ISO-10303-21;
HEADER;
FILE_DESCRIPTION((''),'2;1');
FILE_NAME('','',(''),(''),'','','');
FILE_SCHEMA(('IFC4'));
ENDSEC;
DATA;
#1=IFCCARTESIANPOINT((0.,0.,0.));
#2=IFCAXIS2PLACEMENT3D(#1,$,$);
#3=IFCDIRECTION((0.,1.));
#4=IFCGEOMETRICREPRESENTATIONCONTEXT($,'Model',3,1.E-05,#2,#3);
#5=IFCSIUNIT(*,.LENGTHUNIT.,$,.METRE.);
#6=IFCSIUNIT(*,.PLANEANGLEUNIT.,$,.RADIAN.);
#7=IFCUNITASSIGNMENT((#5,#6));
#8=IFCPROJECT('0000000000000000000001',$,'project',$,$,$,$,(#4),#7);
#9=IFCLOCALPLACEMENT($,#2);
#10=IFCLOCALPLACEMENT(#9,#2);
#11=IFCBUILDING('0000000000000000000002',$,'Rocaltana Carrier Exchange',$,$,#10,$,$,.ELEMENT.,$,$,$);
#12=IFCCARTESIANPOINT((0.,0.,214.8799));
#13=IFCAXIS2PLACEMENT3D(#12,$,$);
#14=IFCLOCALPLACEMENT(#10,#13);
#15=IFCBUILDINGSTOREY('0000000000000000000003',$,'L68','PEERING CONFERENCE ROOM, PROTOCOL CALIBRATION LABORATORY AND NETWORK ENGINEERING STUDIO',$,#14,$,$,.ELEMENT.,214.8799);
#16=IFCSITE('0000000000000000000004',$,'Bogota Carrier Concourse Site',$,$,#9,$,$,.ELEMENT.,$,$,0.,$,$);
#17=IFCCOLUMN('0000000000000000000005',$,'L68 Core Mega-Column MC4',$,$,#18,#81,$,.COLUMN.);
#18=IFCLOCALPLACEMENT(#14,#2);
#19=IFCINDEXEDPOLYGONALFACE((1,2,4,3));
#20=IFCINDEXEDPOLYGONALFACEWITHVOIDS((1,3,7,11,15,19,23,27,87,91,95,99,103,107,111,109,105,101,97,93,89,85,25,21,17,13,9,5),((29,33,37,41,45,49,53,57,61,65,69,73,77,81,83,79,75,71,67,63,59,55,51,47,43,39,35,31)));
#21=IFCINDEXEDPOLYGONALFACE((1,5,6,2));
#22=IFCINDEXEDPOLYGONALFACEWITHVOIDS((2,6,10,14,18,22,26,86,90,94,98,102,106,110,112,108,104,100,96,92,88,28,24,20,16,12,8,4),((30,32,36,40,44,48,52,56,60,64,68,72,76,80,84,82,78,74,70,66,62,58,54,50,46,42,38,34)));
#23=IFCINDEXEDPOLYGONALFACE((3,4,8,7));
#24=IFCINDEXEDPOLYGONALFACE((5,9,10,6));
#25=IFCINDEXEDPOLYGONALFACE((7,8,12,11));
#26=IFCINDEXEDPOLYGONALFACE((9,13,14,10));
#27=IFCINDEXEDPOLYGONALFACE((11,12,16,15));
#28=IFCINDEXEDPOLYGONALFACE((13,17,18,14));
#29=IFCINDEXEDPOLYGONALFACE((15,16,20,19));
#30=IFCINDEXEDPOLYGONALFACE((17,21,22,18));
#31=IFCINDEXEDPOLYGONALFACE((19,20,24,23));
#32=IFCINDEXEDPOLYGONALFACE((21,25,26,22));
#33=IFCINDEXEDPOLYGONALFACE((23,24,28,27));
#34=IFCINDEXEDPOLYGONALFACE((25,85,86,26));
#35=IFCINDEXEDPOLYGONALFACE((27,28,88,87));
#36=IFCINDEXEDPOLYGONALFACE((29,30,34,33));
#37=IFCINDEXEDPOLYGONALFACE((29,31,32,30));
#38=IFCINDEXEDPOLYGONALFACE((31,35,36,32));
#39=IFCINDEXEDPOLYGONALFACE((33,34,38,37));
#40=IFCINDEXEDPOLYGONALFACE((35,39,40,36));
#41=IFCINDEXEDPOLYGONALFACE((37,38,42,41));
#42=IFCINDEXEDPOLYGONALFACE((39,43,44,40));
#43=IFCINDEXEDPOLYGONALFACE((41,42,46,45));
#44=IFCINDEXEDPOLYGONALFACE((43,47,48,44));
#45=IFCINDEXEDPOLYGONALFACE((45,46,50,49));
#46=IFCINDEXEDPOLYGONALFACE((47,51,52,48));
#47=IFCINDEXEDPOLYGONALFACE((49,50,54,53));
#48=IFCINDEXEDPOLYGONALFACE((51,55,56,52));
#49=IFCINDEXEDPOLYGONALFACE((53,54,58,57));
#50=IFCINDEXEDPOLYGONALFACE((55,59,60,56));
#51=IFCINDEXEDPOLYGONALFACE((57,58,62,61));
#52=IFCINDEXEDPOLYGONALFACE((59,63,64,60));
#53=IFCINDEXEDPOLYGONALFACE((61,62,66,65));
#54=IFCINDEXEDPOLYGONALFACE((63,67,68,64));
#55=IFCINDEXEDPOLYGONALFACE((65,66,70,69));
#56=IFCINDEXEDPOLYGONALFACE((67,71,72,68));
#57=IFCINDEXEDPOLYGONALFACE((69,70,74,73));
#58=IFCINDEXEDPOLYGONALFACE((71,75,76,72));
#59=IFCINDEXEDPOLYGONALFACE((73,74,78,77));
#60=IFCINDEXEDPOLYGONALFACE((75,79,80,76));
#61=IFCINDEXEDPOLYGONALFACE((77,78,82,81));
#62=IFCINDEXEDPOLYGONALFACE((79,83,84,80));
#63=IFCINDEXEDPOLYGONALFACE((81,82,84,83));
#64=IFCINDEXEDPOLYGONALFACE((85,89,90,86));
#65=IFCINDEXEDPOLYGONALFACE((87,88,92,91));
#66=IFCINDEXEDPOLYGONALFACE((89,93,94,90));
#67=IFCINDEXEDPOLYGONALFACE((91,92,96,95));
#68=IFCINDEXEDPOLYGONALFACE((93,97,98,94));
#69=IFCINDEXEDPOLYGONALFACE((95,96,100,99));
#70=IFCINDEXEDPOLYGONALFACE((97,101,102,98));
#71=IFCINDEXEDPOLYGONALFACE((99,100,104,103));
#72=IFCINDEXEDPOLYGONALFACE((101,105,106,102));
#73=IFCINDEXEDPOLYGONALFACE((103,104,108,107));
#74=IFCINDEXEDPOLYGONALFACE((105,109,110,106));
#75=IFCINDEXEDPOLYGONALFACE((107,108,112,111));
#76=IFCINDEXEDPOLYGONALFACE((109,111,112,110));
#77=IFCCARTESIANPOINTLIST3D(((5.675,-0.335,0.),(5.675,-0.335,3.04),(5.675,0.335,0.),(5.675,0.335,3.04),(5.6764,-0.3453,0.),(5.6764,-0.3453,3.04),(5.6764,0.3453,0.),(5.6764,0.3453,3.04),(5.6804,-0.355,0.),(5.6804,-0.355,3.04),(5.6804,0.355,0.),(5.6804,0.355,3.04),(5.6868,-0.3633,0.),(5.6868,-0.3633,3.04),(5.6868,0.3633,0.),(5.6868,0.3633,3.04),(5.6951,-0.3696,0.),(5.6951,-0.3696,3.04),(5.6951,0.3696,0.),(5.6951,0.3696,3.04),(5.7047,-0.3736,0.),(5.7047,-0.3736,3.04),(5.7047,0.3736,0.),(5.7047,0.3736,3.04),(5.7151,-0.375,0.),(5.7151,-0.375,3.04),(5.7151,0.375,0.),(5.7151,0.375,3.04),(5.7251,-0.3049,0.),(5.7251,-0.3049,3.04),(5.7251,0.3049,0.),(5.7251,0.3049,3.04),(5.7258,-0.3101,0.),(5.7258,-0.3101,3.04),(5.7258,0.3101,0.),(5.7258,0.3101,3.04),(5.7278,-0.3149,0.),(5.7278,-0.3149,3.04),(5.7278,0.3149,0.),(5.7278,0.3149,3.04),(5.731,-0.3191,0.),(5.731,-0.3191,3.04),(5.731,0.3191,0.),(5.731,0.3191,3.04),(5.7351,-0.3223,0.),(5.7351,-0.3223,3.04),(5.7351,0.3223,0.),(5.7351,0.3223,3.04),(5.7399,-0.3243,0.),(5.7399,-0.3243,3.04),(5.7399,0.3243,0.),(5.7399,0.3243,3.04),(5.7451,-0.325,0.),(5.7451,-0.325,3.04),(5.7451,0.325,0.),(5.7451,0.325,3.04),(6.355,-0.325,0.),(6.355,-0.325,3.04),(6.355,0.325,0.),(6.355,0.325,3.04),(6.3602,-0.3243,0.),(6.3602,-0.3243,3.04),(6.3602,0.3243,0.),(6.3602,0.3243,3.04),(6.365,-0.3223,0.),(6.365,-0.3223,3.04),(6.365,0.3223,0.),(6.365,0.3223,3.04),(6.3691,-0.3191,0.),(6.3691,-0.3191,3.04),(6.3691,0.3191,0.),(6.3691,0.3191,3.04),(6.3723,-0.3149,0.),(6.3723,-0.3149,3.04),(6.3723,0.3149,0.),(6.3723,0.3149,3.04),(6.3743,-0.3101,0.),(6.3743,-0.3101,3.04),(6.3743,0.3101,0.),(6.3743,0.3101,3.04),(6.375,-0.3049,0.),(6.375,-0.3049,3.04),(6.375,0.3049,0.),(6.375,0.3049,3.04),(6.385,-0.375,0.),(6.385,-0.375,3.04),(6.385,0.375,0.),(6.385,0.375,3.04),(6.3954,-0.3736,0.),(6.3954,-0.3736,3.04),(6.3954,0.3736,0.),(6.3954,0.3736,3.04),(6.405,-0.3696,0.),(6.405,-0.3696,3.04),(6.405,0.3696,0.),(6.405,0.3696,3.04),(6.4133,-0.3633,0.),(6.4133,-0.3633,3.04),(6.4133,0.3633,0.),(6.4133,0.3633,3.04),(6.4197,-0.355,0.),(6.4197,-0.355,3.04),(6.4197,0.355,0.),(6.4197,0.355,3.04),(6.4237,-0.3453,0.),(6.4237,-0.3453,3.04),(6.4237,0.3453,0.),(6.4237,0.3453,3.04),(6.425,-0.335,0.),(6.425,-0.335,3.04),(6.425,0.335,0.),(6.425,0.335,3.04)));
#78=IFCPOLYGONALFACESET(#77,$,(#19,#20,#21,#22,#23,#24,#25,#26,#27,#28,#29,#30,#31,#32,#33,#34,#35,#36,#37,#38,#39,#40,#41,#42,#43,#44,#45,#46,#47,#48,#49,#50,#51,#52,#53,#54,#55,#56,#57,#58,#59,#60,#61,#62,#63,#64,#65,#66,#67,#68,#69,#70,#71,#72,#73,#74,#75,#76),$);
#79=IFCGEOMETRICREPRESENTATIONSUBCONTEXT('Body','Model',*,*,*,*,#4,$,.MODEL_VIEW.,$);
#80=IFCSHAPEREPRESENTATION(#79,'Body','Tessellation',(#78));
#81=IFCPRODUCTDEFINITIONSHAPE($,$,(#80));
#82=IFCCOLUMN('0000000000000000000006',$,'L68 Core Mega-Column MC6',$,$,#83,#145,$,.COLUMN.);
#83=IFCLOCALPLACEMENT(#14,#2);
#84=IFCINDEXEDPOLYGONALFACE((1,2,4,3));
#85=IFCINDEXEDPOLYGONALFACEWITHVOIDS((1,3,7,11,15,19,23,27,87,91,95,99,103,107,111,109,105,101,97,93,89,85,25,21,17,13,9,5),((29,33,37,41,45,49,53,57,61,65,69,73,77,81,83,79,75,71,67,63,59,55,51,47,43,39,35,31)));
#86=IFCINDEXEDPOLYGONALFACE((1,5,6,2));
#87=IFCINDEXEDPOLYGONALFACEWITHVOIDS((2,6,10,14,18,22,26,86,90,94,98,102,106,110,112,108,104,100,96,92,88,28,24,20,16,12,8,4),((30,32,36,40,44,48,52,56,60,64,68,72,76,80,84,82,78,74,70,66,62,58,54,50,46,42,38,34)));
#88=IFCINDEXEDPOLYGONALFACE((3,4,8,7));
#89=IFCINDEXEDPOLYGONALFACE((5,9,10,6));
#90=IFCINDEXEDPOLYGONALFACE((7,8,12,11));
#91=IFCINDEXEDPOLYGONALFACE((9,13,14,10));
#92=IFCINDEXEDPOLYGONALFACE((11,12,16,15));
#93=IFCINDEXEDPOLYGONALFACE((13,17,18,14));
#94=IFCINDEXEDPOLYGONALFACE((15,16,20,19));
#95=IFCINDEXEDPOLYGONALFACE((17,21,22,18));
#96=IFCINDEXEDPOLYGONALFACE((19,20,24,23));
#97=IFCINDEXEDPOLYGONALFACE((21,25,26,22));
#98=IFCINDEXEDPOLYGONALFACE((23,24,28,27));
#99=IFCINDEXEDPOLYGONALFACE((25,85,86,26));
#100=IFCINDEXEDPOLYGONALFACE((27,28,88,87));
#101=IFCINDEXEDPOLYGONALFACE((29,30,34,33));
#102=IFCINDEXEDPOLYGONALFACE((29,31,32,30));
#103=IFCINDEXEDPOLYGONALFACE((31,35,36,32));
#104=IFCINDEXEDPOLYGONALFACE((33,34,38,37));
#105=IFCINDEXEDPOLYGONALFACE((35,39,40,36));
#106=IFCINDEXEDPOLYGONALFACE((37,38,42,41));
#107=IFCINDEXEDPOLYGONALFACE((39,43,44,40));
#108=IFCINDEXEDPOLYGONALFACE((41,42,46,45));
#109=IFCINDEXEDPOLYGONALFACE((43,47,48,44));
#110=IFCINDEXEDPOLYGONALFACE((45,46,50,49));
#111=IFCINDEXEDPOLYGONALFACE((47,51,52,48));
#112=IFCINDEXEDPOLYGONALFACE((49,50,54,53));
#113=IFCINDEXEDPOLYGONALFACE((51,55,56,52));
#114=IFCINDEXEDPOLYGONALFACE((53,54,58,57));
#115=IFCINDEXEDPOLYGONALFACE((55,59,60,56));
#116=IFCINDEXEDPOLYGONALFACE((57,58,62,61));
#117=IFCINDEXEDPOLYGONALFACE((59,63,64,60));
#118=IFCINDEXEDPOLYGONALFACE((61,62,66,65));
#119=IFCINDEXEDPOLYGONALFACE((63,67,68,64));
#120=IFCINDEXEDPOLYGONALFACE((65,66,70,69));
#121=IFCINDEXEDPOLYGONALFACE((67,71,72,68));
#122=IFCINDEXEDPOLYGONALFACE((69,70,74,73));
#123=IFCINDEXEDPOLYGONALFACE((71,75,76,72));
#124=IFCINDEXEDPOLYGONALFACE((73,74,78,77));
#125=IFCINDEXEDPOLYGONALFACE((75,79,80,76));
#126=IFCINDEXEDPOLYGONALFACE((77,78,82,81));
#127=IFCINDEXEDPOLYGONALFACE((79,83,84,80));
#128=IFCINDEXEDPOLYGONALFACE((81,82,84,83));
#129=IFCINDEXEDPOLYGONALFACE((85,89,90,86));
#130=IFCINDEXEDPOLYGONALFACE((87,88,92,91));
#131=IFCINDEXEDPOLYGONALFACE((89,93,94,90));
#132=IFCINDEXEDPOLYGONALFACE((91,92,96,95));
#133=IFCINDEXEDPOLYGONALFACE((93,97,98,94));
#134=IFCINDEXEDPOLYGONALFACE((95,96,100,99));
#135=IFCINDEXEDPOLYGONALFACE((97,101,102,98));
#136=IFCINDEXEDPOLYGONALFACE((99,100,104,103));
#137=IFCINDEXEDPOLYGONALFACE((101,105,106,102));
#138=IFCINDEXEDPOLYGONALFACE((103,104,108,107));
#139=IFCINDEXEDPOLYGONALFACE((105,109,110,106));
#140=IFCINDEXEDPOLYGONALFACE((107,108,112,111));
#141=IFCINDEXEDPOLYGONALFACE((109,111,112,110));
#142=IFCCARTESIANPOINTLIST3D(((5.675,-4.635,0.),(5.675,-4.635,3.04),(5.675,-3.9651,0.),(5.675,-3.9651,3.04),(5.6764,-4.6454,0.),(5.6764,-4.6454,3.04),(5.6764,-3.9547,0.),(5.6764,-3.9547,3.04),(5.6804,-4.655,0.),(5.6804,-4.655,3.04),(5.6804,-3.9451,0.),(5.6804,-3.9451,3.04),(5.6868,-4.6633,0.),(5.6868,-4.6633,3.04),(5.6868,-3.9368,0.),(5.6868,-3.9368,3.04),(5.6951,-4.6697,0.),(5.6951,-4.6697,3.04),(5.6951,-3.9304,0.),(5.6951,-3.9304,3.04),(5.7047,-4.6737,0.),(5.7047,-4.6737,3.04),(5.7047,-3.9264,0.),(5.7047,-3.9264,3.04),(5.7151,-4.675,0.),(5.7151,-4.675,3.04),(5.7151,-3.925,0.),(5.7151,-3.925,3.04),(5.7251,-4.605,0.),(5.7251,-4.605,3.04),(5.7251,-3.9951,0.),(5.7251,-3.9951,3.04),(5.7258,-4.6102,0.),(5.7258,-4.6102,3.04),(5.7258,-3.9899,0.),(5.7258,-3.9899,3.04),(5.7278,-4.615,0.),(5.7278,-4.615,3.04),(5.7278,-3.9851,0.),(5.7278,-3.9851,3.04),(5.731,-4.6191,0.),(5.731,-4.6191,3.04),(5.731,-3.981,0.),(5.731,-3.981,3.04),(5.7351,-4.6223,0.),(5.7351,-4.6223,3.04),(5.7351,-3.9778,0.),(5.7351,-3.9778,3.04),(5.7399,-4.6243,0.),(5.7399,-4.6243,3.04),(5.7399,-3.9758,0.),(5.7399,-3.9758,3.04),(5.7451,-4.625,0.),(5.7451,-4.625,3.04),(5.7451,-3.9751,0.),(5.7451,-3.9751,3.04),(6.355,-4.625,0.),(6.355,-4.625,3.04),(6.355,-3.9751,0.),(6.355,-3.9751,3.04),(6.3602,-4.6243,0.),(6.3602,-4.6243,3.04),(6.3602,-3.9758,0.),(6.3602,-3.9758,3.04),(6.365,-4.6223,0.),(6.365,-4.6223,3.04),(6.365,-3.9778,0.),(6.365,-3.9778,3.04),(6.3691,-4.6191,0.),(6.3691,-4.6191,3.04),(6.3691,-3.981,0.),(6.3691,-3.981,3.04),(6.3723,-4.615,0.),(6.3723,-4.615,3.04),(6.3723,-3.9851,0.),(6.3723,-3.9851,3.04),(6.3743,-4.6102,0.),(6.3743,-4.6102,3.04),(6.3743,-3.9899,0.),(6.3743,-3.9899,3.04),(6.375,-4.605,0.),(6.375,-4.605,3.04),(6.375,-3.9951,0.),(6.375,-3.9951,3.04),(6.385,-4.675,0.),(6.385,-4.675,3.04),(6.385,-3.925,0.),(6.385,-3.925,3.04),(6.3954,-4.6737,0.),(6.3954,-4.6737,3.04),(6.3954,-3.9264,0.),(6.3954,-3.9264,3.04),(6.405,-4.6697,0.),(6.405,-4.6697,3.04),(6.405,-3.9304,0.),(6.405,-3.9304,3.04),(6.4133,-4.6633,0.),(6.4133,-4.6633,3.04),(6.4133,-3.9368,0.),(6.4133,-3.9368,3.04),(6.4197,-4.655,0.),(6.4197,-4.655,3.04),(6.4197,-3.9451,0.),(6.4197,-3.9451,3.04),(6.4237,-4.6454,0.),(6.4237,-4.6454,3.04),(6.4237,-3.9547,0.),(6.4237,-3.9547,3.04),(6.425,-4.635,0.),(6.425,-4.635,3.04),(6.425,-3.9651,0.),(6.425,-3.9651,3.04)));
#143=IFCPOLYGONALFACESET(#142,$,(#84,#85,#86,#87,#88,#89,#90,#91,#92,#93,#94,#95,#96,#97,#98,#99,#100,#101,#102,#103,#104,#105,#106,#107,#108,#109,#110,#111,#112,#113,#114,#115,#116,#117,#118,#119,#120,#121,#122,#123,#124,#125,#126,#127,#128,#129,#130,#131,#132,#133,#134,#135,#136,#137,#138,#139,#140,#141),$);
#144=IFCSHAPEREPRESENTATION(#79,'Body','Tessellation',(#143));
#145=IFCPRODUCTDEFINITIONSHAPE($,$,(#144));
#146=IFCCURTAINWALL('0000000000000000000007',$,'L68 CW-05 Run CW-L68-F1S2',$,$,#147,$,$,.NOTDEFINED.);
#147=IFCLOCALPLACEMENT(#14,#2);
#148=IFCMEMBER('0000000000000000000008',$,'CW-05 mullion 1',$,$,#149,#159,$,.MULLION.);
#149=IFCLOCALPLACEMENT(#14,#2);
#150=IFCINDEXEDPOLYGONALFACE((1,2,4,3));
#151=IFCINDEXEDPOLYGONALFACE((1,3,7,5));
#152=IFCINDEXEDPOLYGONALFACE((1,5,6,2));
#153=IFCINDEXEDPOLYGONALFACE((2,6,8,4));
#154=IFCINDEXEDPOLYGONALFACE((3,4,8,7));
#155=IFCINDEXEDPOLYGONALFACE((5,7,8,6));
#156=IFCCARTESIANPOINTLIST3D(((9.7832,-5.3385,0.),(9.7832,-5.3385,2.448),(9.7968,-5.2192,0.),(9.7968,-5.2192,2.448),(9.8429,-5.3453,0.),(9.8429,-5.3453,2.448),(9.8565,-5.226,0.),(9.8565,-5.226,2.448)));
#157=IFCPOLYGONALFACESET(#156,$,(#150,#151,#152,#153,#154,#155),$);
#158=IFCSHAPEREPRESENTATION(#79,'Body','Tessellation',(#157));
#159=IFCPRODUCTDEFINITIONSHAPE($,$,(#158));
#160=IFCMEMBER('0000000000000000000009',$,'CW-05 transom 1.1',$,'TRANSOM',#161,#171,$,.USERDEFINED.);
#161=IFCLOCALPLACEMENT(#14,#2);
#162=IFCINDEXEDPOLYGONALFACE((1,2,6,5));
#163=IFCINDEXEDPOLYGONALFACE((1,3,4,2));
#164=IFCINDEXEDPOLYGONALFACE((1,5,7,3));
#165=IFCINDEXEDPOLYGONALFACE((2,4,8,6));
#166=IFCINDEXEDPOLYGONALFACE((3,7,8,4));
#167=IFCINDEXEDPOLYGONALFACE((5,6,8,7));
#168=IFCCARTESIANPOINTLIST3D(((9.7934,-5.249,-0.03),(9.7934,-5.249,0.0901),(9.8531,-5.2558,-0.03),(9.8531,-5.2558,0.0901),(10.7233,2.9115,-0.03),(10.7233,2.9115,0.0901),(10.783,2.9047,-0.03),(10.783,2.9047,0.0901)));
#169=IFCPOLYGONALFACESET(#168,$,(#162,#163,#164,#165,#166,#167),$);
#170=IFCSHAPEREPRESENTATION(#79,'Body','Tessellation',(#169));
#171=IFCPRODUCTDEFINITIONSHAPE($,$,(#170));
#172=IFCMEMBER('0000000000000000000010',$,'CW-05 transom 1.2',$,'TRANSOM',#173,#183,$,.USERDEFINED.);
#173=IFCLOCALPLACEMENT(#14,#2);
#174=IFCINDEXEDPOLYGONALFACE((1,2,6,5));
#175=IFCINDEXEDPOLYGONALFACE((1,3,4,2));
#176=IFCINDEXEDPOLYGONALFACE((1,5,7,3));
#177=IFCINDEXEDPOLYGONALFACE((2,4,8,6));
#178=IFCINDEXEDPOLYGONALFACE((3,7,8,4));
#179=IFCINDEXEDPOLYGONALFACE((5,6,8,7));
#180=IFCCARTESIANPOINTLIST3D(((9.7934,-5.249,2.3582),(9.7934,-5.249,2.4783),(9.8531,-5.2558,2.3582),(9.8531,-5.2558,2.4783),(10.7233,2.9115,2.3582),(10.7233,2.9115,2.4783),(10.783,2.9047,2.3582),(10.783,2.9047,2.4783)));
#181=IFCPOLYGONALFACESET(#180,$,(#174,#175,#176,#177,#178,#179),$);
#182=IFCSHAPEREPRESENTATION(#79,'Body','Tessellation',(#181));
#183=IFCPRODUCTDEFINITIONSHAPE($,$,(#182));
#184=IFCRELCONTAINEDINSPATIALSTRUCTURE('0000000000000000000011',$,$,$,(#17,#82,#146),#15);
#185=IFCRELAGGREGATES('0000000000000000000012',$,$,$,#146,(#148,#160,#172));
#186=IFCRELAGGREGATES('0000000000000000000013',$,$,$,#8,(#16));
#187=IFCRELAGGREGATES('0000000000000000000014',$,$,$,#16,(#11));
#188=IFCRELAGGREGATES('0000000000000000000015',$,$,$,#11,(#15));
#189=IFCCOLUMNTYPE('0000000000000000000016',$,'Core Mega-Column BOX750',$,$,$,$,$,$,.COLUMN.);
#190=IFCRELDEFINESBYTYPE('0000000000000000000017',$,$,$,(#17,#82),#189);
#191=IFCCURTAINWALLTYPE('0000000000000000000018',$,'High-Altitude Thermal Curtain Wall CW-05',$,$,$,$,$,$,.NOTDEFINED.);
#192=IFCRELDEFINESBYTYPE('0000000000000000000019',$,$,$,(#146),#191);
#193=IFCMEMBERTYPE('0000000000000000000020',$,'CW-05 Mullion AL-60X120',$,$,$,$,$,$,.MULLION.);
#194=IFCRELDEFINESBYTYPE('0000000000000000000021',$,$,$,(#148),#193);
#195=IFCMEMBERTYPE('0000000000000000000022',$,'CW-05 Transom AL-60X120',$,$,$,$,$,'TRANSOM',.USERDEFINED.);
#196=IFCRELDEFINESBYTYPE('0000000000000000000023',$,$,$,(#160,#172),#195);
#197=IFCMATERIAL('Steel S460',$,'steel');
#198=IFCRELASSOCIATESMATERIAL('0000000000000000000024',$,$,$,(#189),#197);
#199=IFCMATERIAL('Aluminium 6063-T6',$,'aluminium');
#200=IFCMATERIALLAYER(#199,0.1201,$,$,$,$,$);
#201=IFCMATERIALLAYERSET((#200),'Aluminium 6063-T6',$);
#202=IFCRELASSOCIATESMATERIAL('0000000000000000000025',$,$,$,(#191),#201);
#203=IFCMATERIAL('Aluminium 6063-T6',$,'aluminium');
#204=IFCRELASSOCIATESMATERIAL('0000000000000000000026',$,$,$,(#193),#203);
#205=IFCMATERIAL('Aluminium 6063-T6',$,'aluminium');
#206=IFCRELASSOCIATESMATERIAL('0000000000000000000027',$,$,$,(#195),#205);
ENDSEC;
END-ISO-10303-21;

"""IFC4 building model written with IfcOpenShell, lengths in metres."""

from ifc_helpers import new_model, si_unit, direction, frame, origin, origin_2d, place, context, subcontext, project, spatial, rectangle, hollow_rectangle, extrude, material, layer, layer_set, material_profile, profile_set, type_object, element, aggregate, save


model = new_model("IFC4")

# Units and contexts
model_context = context("Model", 3, precision=1e-05, world=origin(), true_north=direction((0.0, 1.0)))
body_context = subcontext(model_context, "Body", "Model", "MODEL_VIEW")
ifc_project = project(units=[si_unit("LENGTHUNIT", "METRE"), si_unit("PLANEANGLEUNIT", "RADIAN")], contexts=[model_context])

# Site, building, storey
site_placement = place(None, origin())
site = spatial("IfcSite", under=ifc_project, at=site_placement, Name="Bogota Carrier Concourse Site", CompositionType="ELEMENT", RefElevation=0.0)
building_placement = place(site_placement, origin())
building = spatial("IfcBuilding", under=site, at=building_placement, Name="Rocaltana Carrier Exchange", CompositionType="ELEMENT")
storey_placement = place(building_placement, frame((0.0, 0.0, 214.8799)))
storey = spatial("IfcBuildingStorey", under=building, at=storey_placement, Name="L68", Description="PEERING CONFERENCE ROOM, PROTOCOL CALIBRATION LABORATORY AND NETWORK ENGINEERING STUDIO", CompositionType="ELEMENT", Elevation=214.8799)

# Columns
ifc_material_1 = material(Name="Steel S460", Category="steel")
ifc_material_profile_1 = material_profile(ifc_material_1, hollow_rectangle(XDim=0.75, YDim=0.75, WallThickness=0.05, InnerFilletRadius=0.02, OuterFilletRadius=0.04, at=origin_2d()), Name="BOX750X750X50")
ifc_profile_set_1 = profile_set([ifc_material_profile_1], Name="Steel S460")
column_type = type_object("IfcColumnType", Name="Core Mega-Column BOX750", PredefinedType="COLUMN", material=ifc_profile_set_1)
for number, where, z_axis, x_axis, name in (
    (1, (6.05, 0.0, 0.0), (0.0, 0.0, 1.0), (1.0, 0.0, 0.0), "L68 Core Mega-Column MC4"),
    (2, (6.05, -4.3, 0.0), (0.0, 0.0, 1.0), (1.0, 0.0, 0.0), "L68 Core Mega-Column MC6"),
):
    element("IfcColumn", number, at=place(storey_placement, frame(where, z_axis=z_axis, x_axis=x_axis)), inside=storey, type_object=column_type, Name=name, PredefinedType="COLUMN", context=body_context, shape_type="SweptSolid", body=[
        extrude(hollow_rectangle(XDim=0.75, YDim=0.75, WallThickness=0.05, InnerFilletRadius=0.02, OuterFilletRadius=0.04, at=origin_2d()), origin(), (0.0, 0.0, 1.0), 3.04),
    ])

# Curtain wall, members
ifc_material_2 = material(Name="Aluminium 6063-T6", Category="aluminium")
ifc_layer_1 = layer(ifc_material_2, 0.1201)
ifc_layer_set_1 = layer_set([ifc_layer_1], Name="Aluminium 6063-T6")
curtain_wall_type = type_object("IfcCurtainWallType", Name="High-Altitude Thermal Curtain Wall CW-05", PredefinedType="NOTDEFINED", material=ifc_layer_set_1)
curtain_wall_placement = place(storey_placement, origin())
curtain_wall = element("IfcCurtainWall", 3, at=curtain_wall_placement, inside=storey, type_object=curtain_wall_type, Name="L68 CW-05 Run CW-L68-F1S2", PredefinedType="NOTDEFINED")
ifc_material_3 = material(Name="Aluminium 6063-T6", Category="aluminium")
ifc_material_profile_2 = material_profile(ifc_material_3, rectangle(XDim=0.0601, YDim=0.1201, at=origin_2d()), Name="AL-60X120")
ifc_profile_set_2 = profile_set([ifc_material_profile_2], Name="Aluminium 6063-T6")
member_type_1 = type_object("IfcMemberType", Name="CW-05 Mullion AL-60X120", PredefinedType="MULLION", material=ifc_profile_set_2)
member_1_placement = place(storey_placement, frame((9.8198, -5.2822, 0.0), z_axis=(0.0, 0.0, 1.0), x_axis=(-0.993571, 0.113209, 0.0)))
member_1 = element("IfcMember", 4, at=member_1_placement, type_object=member_type_1, Name="CW-05 mullion 1", PredefinedType="MULLION", context=body_context, shape_type="SweptSolid", body=[
    extrude(rectangle(XDim=0.0601, YDim=0.1201, at=origin_2d()), origin(), (0.0, 0.0, 1.0), 2.448),
])
ifc_material_4 = material(Name="Aluminium 6063-T6", Category="aluminium")
ifc_material_profile_3 = material_profile(ifc_material_4, rectangle(XDim=0.0601, YDim=0.1201, at=origin_2d()), Name="AL-60X120")
ifc_profile_set_3 = profile_set([ifc_material_profile_3], Name="Aluminium 6063-T6")
member_type_2 = type_object("IfcMemberType", Name="CW-05 Transom AL-60X120", ElementType="TRANSOM", PredefinedType="USERDEFINED", material=ifc_profile_set_3)
member_2_placement = place(storey_placement, frame((9.8232, -5.2524, 0.03), z_axis=(0.11322, 0.99357, 0.0), x_axis=(-0.99357, 0.11322, 0.0)))
member_2 = element("IfcMember", 5, at=member_2_placement, type_object=member_type_2, Name="CW-05 transom 1.1", ObjectType="TRANSOM", PredefinedType="USERDEFINED", context=body_context, shape_type="SweptSolid", body=[
    extrude(rectangle(XDim=0.0601, YDim=0.1201, at=origin_2d()), origin(), (0.0, 0.0, 1.0), 8.2134),
])
member_3_placement = place(storey_placement, frame((9.8232, -5.2524, 2.4182), z_axis=(0.11322, 0.99357, 0.0), x_axis=(-0.99357, 0.11322, 0.0)))
member_3 = element("IfcMember", 6, at=member_3_placement, type_object=member_type_2, Name="CW-05 transom 1.2", ObjectType="TRANSOM", PredefinedType="USERDEFINED", context=body_context, shape_type="SweptSolid", body=[
    extrude(rectangle(XDim=0.0601, YDim=0.1201, at=origin_2d()), origin(), (0.0, 0.0, 1.0), 8.2134),
])

aggregate(curtain_wall, [member_1, member_2, member_3])

save(model, "model.ifc")
